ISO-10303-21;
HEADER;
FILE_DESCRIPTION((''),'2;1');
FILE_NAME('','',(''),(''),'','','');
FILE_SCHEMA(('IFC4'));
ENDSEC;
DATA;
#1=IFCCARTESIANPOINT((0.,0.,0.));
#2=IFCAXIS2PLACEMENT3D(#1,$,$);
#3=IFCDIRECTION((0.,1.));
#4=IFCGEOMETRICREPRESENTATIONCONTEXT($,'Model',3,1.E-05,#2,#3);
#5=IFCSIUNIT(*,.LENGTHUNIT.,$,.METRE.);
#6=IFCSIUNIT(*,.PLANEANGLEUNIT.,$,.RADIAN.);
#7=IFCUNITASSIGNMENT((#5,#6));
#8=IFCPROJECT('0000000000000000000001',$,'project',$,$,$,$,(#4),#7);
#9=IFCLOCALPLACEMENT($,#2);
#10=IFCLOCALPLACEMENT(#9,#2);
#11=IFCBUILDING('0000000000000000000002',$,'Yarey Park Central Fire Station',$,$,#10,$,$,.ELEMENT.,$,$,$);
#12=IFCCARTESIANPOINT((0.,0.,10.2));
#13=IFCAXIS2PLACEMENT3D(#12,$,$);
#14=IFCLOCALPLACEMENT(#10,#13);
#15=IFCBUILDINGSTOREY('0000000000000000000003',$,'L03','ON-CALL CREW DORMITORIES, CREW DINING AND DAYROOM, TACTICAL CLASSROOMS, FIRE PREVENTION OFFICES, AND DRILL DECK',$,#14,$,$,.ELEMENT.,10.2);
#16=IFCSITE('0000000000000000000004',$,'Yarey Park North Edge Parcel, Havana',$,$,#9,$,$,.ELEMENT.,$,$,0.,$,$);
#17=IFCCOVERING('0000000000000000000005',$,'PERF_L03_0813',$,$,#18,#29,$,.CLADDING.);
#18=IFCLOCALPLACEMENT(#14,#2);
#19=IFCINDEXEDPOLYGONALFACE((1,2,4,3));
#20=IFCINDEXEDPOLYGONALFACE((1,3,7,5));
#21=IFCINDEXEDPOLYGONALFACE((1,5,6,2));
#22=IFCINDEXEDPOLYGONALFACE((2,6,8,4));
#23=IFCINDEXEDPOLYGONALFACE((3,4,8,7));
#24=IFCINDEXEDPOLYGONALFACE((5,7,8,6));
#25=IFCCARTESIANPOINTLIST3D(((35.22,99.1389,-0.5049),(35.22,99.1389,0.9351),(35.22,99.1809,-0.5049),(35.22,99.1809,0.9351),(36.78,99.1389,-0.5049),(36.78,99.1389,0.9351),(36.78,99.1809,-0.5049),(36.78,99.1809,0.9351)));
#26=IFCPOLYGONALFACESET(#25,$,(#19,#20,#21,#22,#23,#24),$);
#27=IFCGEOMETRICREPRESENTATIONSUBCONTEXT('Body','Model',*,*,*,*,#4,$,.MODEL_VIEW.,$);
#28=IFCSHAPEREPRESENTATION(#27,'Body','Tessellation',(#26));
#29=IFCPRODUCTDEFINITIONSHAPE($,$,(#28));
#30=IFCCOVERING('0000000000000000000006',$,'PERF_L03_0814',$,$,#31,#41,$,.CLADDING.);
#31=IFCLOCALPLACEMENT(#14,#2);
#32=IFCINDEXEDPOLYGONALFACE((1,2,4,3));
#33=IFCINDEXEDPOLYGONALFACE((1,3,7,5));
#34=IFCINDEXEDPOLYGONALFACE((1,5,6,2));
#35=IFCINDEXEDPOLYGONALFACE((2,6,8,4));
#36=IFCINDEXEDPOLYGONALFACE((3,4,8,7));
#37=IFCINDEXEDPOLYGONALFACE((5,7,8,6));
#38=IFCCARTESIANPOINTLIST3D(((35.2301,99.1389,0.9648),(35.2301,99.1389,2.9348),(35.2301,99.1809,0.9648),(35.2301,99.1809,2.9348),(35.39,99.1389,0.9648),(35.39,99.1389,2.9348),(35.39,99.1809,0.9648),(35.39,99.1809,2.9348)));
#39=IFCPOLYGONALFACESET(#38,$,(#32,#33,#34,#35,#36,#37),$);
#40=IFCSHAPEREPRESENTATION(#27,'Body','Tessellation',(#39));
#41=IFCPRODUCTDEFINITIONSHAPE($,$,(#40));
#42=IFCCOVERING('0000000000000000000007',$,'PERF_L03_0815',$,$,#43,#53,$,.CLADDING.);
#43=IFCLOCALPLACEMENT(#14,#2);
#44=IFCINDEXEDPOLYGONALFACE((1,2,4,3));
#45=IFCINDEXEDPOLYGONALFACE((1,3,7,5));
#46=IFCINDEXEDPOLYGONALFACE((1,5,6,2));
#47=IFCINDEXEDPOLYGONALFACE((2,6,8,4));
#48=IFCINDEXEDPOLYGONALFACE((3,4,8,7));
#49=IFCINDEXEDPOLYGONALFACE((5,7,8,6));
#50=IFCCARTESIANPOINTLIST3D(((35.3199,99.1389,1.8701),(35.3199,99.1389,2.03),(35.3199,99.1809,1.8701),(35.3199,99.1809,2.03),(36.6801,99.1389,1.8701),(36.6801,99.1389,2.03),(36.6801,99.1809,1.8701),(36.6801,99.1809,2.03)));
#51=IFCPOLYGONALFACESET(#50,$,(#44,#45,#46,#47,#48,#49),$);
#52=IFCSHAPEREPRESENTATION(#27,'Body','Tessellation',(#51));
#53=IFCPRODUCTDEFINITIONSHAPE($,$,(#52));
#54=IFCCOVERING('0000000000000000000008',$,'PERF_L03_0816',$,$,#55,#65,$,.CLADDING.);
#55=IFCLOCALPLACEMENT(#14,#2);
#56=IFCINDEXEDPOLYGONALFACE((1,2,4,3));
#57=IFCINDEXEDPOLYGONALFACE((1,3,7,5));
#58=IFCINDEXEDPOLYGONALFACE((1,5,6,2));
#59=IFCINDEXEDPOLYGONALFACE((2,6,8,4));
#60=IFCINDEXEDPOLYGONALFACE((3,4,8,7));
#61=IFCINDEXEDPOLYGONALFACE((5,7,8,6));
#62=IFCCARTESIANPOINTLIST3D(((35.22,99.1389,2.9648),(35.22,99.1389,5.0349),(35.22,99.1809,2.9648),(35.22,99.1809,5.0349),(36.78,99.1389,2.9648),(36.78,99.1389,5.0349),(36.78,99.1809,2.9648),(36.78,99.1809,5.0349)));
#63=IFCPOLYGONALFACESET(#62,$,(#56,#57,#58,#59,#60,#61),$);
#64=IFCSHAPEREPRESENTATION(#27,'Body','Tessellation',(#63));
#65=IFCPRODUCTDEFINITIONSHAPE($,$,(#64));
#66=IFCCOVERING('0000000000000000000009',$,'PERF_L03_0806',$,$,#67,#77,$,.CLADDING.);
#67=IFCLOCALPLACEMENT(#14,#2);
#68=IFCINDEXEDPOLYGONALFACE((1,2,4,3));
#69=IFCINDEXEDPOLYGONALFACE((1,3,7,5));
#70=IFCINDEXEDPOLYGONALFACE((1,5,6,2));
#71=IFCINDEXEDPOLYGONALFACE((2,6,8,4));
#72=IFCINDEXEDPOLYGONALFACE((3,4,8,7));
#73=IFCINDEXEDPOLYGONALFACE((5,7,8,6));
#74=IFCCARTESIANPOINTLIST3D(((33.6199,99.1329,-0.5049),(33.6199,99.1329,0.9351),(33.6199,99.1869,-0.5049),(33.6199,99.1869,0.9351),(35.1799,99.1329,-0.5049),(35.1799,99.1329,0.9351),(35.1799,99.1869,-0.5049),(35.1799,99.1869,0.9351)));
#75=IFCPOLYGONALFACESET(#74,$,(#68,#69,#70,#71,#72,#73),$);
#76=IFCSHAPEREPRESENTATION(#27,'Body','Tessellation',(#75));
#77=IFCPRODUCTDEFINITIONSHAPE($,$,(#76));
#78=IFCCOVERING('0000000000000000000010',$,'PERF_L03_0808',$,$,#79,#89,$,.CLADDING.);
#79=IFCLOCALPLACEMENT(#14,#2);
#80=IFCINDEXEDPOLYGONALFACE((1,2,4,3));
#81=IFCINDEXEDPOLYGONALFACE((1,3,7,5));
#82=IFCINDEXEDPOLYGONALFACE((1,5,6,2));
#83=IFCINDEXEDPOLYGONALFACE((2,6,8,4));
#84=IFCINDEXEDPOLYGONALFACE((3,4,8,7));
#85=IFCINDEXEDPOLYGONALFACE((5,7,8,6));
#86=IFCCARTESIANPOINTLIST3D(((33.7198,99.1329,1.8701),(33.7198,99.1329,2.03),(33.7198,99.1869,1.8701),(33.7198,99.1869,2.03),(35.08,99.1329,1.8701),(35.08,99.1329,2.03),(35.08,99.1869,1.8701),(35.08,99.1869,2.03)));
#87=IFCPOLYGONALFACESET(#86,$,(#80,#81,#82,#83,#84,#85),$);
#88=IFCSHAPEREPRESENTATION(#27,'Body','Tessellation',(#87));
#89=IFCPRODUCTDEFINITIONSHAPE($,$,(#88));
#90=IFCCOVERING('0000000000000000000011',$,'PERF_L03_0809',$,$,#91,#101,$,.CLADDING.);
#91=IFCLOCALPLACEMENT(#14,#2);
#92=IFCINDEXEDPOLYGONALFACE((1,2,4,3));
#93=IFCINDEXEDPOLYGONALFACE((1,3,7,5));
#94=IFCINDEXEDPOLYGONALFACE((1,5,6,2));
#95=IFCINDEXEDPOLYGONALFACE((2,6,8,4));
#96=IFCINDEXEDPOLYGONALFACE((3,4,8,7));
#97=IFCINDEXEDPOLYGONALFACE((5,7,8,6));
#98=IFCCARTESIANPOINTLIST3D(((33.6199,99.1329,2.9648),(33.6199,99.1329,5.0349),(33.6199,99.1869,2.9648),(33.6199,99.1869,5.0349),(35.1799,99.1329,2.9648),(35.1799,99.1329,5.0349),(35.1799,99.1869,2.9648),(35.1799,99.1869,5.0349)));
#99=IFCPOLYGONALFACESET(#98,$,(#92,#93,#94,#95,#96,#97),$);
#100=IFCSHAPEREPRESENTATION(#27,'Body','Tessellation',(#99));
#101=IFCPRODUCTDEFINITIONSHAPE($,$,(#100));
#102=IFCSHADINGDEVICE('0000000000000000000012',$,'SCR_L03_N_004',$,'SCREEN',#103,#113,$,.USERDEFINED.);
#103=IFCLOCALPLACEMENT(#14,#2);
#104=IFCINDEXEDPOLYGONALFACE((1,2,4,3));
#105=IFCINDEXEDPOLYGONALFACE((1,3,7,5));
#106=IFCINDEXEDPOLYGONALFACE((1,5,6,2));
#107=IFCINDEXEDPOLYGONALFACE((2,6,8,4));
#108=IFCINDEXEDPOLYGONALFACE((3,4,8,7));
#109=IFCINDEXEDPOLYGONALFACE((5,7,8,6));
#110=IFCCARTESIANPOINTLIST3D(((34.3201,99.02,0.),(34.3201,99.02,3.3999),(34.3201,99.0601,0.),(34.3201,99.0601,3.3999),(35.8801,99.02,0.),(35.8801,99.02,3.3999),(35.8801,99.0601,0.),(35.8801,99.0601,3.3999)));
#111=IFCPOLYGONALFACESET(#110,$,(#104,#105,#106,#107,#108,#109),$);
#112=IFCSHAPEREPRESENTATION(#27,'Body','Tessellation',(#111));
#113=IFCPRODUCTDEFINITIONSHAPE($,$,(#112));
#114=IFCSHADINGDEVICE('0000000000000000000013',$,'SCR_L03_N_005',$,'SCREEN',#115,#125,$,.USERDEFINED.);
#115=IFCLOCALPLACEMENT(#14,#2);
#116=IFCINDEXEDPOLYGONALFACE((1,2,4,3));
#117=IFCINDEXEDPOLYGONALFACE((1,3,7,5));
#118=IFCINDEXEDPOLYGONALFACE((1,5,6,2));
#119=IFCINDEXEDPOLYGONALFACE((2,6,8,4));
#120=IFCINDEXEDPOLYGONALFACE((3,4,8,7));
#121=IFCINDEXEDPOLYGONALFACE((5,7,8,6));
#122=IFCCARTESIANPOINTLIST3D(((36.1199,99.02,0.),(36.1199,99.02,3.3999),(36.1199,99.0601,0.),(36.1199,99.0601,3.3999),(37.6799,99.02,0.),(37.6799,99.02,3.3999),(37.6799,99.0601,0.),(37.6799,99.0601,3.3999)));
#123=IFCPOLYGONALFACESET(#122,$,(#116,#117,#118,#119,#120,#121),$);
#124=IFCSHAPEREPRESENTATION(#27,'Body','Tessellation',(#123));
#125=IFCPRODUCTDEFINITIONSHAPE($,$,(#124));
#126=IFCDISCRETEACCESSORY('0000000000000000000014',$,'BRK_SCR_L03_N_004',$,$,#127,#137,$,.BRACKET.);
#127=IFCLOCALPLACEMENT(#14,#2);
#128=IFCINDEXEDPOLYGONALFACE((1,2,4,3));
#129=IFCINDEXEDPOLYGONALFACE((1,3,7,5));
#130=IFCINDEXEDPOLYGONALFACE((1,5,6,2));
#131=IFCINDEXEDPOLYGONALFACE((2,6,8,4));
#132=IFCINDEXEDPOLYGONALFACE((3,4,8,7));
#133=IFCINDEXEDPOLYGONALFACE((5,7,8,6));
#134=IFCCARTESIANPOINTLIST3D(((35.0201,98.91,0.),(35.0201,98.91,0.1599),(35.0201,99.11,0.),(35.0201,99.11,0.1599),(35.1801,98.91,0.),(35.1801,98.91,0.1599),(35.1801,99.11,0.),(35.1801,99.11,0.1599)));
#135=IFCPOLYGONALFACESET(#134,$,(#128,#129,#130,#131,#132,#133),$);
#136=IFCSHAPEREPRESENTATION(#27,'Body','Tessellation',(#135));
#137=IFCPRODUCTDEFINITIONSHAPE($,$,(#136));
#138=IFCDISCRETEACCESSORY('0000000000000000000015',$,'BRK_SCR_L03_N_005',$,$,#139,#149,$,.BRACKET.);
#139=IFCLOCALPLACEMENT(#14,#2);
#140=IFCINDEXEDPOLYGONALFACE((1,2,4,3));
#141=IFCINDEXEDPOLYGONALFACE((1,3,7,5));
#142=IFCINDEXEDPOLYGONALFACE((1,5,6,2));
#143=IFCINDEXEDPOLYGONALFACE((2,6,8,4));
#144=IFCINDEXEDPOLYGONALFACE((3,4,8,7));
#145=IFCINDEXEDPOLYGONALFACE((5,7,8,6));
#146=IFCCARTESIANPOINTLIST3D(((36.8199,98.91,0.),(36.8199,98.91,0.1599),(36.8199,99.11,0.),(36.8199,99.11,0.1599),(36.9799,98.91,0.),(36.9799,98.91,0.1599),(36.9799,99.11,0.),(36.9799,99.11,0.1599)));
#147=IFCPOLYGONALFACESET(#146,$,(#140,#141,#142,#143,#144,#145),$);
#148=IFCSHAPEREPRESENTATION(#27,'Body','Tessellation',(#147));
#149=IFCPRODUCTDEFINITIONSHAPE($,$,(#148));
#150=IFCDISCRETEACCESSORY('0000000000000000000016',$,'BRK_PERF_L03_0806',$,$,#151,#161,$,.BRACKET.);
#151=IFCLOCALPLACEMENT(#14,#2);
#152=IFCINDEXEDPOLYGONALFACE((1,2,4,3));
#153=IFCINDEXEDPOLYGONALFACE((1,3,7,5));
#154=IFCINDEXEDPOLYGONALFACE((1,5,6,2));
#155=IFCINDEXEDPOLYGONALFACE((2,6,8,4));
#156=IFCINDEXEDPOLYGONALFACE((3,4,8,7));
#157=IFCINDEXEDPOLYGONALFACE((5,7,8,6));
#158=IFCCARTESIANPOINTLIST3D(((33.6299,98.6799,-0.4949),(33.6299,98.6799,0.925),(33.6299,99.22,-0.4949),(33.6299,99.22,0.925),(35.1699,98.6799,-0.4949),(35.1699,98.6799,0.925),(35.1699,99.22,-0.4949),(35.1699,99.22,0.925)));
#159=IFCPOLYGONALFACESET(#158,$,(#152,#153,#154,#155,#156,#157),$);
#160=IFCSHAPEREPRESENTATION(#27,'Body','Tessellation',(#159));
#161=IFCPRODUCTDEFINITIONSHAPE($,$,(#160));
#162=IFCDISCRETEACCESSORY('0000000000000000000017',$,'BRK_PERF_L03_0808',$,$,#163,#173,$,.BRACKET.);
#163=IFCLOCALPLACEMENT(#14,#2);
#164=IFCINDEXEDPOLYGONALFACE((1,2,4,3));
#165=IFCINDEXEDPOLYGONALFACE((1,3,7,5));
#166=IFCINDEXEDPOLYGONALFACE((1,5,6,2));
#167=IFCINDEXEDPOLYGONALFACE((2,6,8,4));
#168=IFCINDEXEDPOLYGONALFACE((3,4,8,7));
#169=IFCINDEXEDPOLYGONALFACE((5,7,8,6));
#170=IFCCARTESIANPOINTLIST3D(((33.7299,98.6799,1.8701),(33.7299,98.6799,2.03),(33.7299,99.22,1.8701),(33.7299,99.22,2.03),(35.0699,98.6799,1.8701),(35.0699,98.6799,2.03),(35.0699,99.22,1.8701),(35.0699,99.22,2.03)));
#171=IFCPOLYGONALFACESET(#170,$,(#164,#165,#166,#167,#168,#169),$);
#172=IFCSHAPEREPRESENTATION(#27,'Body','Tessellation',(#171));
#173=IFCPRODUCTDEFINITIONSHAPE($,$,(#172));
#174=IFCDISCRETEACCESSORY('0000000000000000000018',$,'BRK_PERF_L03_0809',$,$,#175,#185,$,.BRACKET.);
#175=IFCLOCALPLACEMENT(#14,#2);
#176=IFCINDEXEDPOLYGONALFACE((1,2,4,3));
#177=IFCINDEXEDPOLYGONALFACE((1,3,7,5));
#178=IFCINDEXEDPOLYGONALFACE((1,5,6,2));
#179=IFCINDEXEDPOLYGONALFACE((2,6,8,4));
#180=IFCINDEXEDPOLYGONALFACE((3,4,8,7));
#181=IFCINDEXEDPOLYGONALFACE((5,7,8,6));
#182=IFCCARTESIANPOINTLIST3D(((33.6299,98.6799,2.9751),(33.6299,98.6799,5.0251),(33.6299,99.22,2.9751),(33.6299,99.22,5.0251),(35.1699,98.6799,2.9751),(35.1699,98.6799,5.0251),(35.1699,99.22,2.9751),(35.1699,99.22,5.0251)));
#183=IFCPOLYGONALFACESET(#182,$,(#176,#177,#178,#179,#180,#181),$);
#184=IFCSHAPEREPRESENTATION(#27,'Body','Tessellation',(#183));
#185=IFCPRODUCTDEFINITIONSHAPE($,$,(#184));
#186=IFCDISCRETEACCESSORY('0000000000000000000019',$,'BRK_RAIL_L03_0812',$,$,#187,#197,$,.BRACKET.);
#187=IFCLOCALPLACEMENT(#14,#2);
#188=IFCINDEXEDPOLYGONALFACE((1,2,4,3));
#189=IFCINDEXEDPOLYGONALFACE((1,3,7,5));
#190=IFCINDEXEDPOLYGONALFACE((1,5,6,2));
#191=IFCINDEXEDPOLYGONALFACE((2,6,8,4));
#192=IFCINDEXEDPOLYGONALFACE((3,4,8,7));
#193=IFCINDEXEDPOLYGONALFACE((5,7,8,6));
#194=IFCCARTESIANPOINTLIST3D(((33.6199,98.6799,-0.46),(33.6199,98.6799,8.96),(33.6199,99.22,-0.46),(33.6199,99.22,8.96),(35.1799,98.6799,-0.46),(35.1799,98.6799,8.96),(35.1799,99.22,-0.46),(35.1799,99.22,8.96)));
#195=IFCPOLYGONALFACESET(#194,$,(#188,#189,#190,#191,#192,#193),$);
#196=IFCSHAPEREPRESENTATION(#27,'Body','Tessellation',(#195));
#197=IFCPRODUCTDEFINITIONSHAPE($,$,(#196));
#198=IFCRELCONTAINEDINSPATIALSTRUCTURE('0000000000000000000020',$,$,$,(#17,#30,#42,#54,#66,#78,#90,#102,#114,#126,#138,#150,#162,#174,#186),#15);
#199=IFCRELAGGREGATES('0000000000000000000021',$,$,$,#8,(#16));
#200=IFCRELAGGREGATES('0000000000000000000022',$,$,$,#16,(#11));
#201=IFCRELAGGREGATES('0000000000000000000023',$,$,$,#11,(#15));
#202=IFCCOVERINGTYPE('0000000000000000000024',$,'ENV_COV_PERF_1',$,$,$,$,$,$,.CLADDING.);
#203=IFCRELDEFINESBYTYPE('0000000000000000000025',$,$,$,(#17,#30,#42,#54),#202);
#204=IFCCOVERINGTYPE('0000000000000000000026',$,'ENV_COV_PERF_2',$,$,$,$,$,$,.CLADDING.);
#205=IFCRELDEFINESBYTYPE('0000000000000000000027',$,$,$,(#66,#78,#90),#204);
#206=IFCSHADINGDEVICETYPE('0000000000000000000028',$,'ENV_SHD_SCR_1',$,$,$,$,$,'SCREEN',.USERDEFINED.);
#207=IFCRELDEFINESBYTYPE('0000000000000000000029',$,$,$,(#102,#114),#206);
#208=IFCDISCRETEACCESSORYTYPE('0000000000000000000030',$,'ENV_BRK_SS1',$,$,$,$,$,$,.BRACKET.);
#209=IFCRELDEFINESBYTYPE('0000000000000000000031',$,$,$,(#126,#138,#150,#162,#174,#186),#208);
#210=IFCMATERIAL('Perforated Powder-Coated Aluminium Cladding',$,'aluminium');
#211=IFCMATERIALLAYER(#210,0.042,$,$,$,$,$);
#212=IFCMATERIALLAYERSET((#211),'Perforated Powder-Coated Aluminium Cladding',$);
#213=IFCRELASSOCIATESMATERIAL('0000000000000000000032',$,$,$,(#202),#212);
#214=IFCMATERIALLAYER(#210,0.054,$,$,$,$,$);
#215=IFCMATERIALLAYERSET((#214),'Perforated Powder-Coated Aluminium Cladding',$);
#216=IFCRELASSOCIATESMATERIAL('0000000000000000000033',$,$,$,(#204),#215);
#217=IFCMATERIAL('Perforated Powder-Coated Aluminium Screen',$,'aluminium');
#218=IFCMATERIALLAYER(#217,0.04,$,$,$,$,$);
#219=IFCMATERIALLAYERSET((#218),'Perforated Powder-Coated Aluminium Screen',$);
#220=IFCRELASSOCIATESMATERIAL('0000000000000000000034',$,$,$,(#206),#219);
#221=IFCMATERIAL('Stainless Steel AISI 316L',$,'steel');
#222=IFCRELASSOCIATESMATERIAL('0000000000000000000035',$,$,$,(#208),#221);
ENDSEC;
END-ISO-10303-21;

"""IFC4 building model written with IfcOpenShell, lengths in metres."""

from ifc_helpers import new_model, si_unit, direction, frame, origin, origin_2d, place, context, subcontext, project, spatial, rectangle, extrude, material, layer, layer_set, type_object, element, save


model = new_model("IFC4")

# Units and contexts
model_context = context("Model", 3, precision=1e-05, world=origin(), true_north=direction((0.0, 1.0)))
body_context = subcontext(model_context, "Body", "Model", "MODEL_VIEW")
ifc_project = project(units=[si_unit("LENGTHUNIT", "METRE"), si_unit("PLANEANGLEUNIT", "RADIAN")], contexts=[model_context])

# Site, building, storey
site_placement = place(None, origin())
site = spatial("IfcSite", under=ifc_project, at=site_placement, Name="Yarey Park North Edge Parcel, Havana", CompositionType="ELEMENT", RefElevation=0.0)
building_placement = place(site_placement, origin())
building = spatial("IfcBuilding", under=site, at=building_placement, Name="Yarey Park Central Fire Station", CompositionType="ELEMENT")
storey_placement = place(building_placement, frame((0.0, 0.0, 10.2)))
storey = spatial("IfcBuildingStorey", under=building, at=storey_placement, Name="L03", Description="ON-CALL CREW DORMITORIES, CREW DINING AND DAYROOM, TACTICAL CLASSROOMS, FIRE PREVENTION OFFICES, AND DRILL DECK", CompositionType="ELEMENT", Elevation=10.2)

# Coverings
ifc_material_1 = material(Name="Perforated Powder-Coated Aluminium Cladding", Category="aluminium")
ifc_layer_1 = layer(ifc_material_1, 0.042)
ifc_layer_set_1 = layer_set([ifc_layer_1], Name="Perforated Powder-Coated Aluminium Cladding")
covering_type_1 = type_object("IfcCoveringType", Name="ENV_COV_PERF_1", PredefinedType="CLADDING", material=ifc_layer_set_1)
covering_1_placement = place(storey_placement, frame((36.0, 99.1599, -0.5049), z_axis=(0.0, 0.0, 1.0), x_axis=(1.0, 0.0, 0.0)))
element("IfcCovering", 1, at=covering_1_placement, inside=storey, type_object=covering_type_1, Name="PERF_L03_0813", PredefinedType="CLADDING", context=body_context, shape_type="SweptSolid", body=[
    extrude(rectangle(XDim=1.5601, YDim=0.042, at=origin_2d()), origin(), (0.0, 0.0, 1.0), 1.4399),
])
covering_2_placement = place(storey_placement, frame((35.3101, 99.1599, 0.9648), z_axis=(0.0, 0.0, 1.0), x_axis=(1.0, 0.0, 0.0)))
element("IfcCovering", 2, at=covering_2_placement, inside=storey, type_object=covering_type_1, Name="PERF_L03_0814", PredefinedType="CLADDING", context=body_context, shape_type="SweptSolid", body=[
    extrude(rectangle(XDim=0.1599, YDim=0.042, at=origin_2d()), origin(), (0.0, 0.0, 1.0), 1.97),
])
covering_3_placement = place(storey_placement, frame((36.0, 99.1599, 1.8701), z_axis=(0.0, 0.0, 1.0), x_axis=(1.0, 0.0, 0.0)))
element("IfcCovering", 3, at=covering_3_placement, inside=storey, type_object=covering_type_1, Name="PERF_L03_0815", PredefinedType="CLADDING", context=body_context, shape_type="SweptSolid", body=[
    extrude(rectangle(XDim=1.3601, YDim=0.042, at=origin_2d()), origin(), (0.0, 0.0, 1.0), 0.1599),
])
covering_4_placement = place(storey_placement, frame((36.0, 99.1599, 2.9648), z_axis=(0.0, 0.0, 1.0), x_axis=(1.0, 0.0, 0.0)))
element("IfcCovering", 4, at=covering_4_placement, inside=storey, type_object=covering_type_1, Name="PERF_L03_0816", PredefinedType="CLADDING", context=body_context, shape_type="SweptSolid", body=[
    extrude(rectangle(XDim=1.5601, YDim=0.042, at=origin_2d()), origin(), (0.0, 0.0, 1.0), 2.0701),
])
ifc_layer_2 = layer(ifc_material_1, 0.054)
ifc_layer_set_2 = layer_set([ifc_layer_2], Name="Perforated Powder-Coated Aluminium Cladding")
covering_type_2 = type_object("IfcCoveringType", Name="ENV_COV_PERF_2", PredefinedType="CLADDING", material=ifc_layer_set_2)
covering_5_placement = place(storey_placement, frame((34.3999, 99.1599, -0.5049), z_axis=(0.0, 0.0, 1.0), x_axis=(1.0, 0.0, 0.0)))
element("IfcCovering", 5, at=covering_5_placement, inside=storey, type_object=covering_type_2, Name="PERF_L03_0806", PredefinedType="CLADDING", context=body_context, shape_type="SweptSolid", body=[
    extrude(rectangle(XDim=1.5601, YDim=0.054, at=origin_2d()), origin(), (0.0, 0.0, 1.0), 1.4399),
])
covering_6_placement = place(storey_placement, frame((34.3999, 99.1599, 1.8701), z_axis=(0.0, 0.0, 1.0), x_axis=(1.0, 0.0, 0.0)))
element("IfcCovering", 6, at=covering_6_placement, inside=storey, type_object=covering_type_2, Name="PERF_L03_0808", PredefinedType="CLADDING", context=body_context, shape_type="SweptSolid", body=[
    extrude(rectangle(XDim=1.3601, YDim=0.054, at=origin_2d()), origin(), (0.0, 0.0, 1.0), 0.1599),
])
covering_7_placement = place(storey_placement, frame((34.3999, 99.1599, 2.9648), z_axis=(0.0, 0.0, 1.0), x_axis=(1.0, 0.0, 0.0)))
element("IfcCovering", 7, at=covering_7_placement, inside=storey, type_object=covering_type_2, Name="PERF_L03_0809", PredefinedType="CLADDING", context=body_context, shape_type="SweptSolid", body=[
    extrude(rectangle(XDim=1.5601, YDim=0.054, at=origin_2d()), origin(), (0.0, 0.0, 1.0), 2.0701),
])

# Shading devices
ifc_material_2 = material(Name="Perforated Powder-Coated Aluminium Screen", Category="aluminium")
ifc_layer_3 = layer(ifc_material_2, 0.04)
ifc_layer_set_3 = layer_set([ifc_layer_3], Name="Perforated Powder-Coated Aluminium Screen")
shading_device_type = type_object("IfcShadingDeviceType", Name="ENV_SHD_SCR_1", ElementType="SCREEN", PredefinedType="USERDEFINED", material=ifc_layer_set_3)
for number, where, z_axis, x_axis, name in (
    (8, (35.1001, 99.04, 0.0), (0.0, 0.0, 1.0), (1.0, 0.0, 0.0), "SCR_L03_N_004"),
    (9, (36.8999, 99.04, 0.0), (0.0, 0.0, 1.0), (1.0, 0.0, 0.0), "SCR_L03_N_005"),
):
    element("IfcShadingDevice", number, at=place(storey_placement, frame(where, z_axis=z_axis, x_axis=x_axis)), inside=storey, type_object=shading_device_type, Name=name, ObjectType="SCREEN", PredefinedType="USERDEFINED", context=body_context, shape_type="SweptSolid", body=[
        extrude(rectangle(XDim=1.5601, YDim=0.04, at=origin_2d()), origin(), (0.0, 0.0, 1.0), 3.3999),
    ])

# Discrete accessories
ifc_material_3 = material(Name="Stainless Steel AISI 316L", Category="steel")
discrete_accessory_type = type_object("IfcDiscreteAccessoryType", Name="ENV_BRK_SS1", PredefinedType="BRACKET", material=ifc_material_3)
for number, where, z_axis, x_axis, name in (
    (10, (35.1001, 99.01, 0.0), (0.0, 0.0, 1.0), (1.0, 0.0, 0.0), "BRK_SCR_L03_N_004"),
    (11, (36.8999, 99.01, 0.0), (0.0, 0.0, 1.0), (1.0, 0.0, 0.0), "BRK_SCR_L03_N_005"),
):
    element("IfcDiscreteAccessory", number, at=place(storey_placement, frame(where, z_axis=z_axis, x_axis=x_axis)), inside=storey, type_object=discrete_accessory_type, Name=name, PredefinedType="BRACKET", context=body_context, shape_type="SweptSolid", body=[
        extrude(rectangle(XDim=0.1599, YDim=0.2, at=origin_2d()), origin(), (0.0, 0.0, 1.0), 0.1599),
    ])
discrete_accessory_1_placement = place(storey_placement, frame((34.3999, 98.95, -0.4949), z_axis=(0.0, 0.0, 1.0), x_axis=(1.0, 0.0, 0.0)))
element("IfcDiscreteAccessory", 12, at=discrete_accessory_1_placement, inside=storey, type_object=discrete_accessory_type, Name="BRK_PERF_L03_0806", PredefinedType="BRACKET", context=body_context, shape_type="SweptSolid", body=[
    extrude(rectangle(XDim=1.54, YDim=0.54, at=origin_2d()), origin(), (0.0, 0.0, 1.0), 1.4199),
])
discrete_accessory_2_placement = place(storey_placement, frame((34.3999, 98.95, 1.8701), z_axis=(0.0, 0.0, 1.0), x_axis=(1.0, 0.0, 0.0)))
element("IfcDiscreteAccessory", 13, at=discrete_accessory_2_placement, inside=storey, type_object=discrete_accessory_type, Name="BRK_PERF_L03_0808", PredefinedType="BRACKET", context=body_context, shape_type="SweptSolid", body=[
    extrude(rectangle(XDim=1.3401, YDim=0.54, at=origin_2d()), origin(), (0.0, 0.0, 1.0), 0.1599),
])
discrete_accessory_3_placement = place(storey_placement, frame((34.3999, 98.95, 2.9751), z_axis=(0.0, 0.0, 1.0), x_axis=(1.0, 0.0, 0.0)))
element("IfcDiscreteAccessory", 14, at=discrete_accessory_3_placement, inside=storey, type_object=discrete_accessory_type, Name="BRK_PERF_L03_0809", PredefinedType="BRACKET", context=body_context, shape_type="SweptSolid", body=[
    extrude(rectangle(XDim=1.54, YDim=0.54, at=origin_2d()), origin(), (0.0, 0.0, 1.0), 2.05),
])
discrete_accessory_4_placement = place(storey_placement, frame((34.3999, 98.95, -0.46), z_axis=(0.0, 0.0, 1.0), x_axis=(1.0, 0.0, 0.0)))
element("IfcDiscreteAccessory", 15, at=discrete_accessory_4_placement, inside=storey, type_object=discrete_accessory_type, Name="BRK_RAIL_L03_0812", PredefinedType="BRACKET", context=body_context, shape_type="SweptSolid", body=[
    extrude(rectangle(XDim=1.5601, YDim=0.54, at=origin_2d()), origin(), (0.0, 0.0, 1.0), 9.4199),
])

save(model, "model.ifc")
